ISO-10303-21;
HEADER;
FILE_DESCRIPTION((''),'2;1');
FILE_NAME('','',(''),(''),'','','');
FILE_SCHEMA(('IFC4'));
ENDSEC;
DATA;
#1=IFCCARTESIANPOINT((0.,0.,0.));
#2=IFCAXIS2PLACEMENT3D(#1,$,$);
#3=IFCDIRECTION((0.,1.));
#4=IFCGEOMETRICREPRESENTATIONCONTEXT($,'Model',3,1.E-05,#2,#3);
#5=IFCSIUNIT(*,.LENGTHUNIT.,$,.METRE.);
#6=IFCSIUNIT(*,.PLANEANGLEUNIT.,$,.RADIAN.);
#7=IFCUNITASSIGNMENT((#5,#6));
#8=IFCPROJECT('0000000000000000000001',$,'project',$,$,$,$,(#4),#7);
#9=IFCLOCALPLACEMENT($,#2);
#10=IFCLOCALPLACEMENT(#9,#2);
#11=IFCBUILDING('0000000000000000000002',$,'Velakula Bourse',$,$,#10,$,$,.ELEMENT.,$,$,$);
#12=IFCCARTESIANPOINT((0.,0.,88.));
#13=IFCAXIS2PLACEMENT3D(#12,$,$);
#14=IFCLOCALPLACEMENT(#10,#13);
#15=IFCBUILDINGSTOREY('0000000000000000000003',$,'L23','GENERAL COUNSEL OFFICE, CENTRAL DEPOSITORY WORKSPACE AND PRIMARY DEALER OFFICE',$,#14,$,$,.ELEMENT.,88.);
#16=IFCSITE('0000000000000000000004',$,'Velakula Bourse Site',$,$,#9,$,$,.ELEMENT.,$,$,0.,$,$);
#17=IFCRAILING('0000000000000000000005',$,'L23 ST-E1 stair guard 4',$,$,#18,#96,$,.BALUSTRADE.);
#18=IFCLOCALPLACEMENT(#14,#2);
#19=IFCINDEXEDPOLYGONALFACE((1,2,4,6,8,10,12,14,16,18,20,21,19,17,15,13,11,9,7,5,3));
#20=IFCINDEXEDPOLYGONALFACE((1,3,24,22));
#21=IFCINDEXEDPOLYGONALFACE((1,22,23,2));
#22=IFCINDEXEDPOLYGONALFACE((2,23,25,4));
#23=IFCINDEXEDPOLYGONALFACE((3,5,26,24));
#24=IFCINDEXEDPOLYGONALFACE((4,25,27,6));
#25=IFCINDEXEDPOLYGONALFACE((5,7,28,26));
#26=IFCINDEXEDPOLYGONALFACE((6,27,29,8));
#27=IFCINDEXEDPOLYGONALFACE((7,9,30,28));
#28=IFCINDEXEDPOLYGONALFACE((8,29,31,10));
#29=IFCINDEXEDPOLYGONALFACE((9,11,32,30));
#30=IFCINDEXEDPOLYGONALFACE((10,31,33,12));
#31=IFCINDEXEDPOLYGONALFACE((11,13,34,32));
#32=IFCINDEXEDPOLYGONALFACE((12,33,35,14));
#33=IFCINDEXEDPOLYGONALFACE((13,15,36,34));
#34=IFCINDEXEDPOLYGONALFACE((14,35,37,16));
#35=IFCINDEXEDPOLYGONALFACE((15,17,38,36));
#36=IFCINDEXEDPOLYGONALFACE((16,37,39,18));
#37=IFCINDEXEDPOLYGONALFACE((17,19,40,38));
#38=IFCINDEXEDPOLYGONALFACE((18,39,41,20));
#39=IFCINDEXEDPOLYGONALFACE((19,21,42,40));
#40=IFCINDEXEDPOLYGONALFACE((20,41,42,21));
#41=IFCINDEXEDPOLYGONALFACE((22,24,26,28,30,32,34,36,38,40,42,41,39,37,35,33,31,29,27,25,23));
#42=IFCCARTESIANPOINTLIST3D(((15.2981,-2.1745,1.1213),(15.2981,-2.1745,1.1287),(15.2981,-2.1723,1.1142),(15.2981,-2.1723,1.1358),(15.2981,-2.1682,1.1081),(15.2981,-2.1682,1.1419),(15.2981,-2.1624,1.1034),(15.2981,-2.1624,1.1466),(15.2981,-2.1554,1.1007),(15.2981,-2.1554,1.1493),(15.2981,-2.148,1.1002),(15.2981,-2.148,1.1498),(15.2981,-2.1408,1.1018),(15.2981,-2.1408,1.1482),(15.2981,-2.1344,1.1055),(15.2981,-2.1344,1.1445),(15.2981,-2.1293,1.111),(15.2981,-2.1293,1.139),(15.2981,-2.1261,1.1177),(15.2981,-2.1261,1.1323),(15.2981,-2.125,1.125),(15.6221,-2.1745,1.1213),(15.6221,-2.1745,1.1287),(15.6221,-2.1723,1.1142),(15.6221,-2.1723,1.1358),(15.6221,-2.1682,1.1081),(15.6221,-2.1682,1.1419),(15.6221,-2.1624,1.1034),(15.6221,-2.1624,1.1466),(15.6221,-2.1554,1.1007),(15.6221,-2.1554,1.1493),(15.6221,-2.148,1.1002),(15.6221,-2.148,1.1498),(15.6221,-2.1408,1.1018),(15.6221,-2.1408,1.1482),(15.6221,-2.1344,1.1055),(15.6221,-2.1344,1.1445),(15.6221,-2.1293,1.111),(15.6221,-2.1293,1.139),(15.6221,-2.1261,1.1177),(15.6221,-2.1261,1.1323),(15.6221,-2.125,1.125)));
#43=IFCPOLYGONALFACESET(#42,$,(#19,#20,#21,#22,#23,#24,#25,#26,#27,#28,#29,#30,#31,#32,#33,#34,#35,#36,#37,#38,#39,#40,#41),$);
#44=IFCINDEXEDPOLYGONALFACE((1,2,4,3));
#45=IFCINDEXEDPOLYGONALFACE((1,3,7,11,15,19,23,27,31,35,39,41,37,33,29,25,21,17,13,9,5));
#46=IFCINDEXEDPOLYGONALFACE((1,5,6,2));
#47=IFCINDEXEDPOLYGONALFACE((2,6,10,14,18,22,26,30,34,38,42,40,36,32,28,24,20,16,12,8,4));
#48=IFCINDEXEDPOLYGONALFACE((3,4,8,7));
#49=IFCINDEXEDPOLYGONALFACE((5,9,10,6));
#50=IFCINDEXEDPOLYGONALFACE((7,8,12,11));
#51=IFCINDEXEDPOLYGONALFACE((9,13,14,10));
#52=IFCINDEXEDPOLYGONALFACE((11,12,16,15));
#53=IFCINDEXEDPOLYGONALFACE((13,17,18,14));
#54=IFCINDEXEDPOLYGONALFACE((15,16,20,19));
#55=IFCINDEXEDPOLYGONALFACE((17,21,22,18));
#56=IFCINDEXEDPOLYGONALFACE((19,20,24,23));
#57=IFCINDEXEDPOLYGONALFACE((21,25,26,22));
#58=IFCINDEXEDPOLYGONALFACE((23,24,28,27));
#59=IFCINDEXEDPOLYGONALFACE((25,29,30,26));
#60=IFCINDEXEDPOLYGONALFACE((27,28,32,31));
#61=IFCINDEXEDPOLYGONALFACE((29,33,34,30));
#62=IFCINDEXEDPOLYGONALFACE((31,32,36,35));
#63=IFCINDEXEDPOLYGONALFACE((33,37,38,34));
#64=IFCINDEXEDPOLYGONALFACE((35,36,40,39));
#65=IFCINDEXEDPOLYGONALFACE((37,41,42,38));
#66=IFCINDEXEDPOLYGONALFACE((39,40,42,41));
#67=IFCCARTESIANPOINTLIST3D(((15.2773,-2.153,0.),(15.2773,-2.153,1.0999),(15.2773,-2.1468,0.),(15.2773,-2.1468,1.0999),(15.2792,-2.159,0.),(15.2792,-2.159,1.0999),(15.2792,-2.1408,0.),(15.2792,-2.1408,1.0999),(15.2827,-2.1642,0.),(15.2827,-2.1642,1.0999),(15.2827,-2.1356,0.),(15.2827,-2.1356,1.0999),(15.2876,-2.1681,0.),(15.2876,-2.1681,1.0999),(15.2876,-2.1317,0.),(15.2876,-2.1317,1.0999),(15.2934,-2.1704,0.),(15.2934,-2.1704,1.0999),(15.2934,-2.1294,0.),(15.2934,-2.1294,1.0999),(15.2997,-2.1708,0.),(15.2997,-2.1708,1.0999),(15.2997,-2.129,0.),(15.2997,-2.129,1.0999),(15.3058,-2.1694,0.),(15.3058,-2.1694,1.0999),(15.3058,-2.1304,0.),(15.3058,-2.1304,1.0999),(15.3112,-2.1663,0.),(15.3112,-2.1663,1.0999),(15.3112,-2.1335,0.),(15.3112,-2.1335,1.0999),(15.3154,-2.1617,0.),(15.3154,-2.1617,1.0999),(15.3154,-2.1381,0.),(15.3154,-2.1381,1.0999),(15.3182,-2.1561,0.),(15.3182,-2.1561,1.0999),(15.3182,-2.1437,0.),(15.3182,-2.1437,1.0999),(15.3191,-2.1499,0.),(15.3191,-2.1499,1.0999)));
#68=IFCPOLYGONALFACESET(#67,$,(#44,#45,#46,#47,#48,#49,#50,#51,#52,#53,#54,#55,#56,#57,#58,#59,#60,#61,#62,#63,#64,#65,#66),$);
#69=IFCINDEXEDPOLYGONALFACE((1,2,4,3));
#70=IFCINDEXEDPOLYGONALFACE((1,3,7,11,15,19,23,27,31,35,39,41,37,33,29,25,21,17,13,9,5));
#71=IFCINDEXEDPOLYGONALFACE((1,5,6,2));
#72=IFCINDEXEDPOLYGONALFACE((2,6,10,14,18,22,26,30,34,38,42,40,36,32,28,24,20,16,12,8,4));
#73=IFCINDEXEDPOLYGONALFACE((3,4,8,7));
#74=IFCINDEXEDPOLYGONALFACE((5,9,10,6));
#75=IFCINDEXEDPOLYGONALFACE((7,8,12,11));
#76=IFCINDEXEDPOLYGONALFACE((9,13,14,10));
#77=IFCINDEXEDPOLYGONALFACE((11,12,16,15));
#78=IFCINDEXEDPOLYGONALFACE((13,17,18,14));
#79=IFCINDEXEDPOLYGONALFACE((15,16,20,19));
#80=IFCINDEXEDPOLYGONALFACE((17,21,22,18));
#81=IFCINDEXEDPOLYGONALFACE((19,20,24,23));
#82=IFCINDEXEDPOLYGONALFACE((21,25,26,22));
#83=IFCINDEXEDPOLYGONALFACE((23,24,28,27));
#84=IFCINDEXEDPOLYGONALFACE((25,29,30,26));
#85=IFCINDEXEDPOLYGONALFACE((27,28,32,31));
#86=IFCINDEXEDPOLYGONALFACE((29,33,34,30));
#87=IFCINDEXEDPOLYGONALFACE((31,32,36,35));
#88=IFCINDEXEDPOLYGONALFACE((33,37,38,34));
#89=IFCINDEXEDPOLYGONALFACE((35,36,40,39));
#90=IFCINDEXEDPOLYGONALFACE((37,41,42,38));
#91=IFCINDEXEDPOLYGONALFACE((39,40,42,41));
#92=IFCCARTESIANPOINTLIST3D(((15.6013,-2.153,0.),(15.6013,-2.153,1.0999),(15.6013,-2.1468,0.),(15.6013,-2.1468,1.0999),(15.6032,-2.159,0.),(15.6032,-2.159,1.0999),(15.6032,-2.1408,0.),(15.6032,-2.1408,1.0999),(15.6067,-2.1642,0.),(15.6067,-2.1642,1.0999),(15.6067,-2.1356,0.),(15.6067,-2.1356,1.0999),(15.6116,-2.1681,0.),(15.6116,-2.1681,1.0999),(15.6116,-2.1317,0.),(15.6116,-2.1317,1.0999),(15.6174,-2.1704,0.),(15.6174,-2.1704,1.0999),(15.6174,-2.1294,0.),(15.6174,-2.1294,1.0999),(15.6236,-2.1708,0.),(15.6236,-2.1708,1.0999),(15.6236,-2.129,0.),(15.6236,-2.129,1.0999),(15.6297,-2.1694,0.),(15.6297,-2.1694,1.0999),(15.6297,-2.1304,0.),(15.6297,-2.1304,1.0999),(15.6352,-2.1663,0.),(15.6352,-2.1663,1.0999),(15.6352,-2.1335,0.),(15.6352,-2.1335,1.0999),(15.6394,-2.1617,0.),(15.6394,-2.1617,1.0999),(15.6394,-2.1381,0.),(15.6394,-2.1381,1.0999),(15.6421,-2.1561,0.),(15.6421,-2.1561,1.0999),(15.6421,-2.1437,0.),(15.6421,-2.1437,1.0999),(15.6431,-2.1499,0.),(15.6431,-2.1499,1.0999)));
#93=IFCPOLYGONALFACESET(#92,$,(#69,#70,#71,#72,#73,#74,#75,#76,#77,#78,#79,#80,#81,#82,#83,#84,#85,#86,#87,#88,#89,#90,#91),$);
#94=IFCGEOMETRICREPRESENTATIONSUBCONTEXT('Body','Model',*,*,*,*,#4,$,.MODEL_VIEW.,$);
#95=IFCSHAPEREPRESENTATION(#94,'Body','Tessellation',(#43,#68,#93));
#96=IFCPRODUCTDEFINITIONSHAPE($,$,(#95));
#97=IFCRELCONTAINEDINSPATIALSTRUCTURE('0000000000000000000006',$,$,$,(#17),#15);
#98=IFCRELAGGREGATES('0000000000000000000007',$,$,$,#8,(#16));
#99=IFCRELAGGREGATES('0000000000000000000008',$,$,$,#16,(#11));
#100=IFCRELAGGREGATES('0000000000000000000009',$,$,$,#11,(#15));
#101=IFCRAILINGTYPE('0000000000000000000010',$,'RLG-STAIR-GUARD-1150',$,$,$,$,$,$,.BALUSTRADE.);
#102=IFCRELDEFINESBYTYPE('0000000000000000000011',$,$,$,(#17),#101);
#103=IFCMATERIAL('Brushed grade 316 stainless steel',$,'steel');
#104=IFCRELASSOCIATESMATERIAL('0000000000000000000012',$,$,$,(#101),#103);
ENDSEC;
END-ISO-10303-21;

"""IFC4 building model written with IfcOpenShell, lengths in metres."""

from ifc_helpers import new_model, si_unit, direction, frame, origin, origin_2d, place, context, subcontext, project, spatial, circle, extrude, material, type_object, element, save


model = new_model("IFC4")

# Units and contexts
model_context = context("Model", 3, precision=1e-05, world=origin(), true_north=direction((0.0, 1.0)))
body_context = subcontext(model_context, "Body", "Model", "MODEL_VIEW")
ifc_project = project(units=[si_unit("LENGTHUNIT", "METRE"), si_unit("PLANEANGLEUNIT", "RADIAN")], contexts=[model_context])

# Site, building, storey
site_placement = place(None, origin())
site = spatial("IfcSite", under=ifc_project, at=site_placement, Name="Velakula Bourse Site", CompositionType="ELEMENT", RefElevation=0.0)
building_placement = place(site_placement, origin())
building = spatial("IfcBuilding", under=site, at=building_placement, Name="Velakula Bourse", CompositionType="ELEMENT")
storey_placement = place(building_placement, frame((0.0, 0.0, 88.0)))
storey = spatial("IfcBuildingStorey", under=building, at=storey_placement, Name="L23", Description="GENERAL COUNSEL OFFICE, CENTRAL DEPOSITORY WORKSPACE AND PRIMARY DEALER OFFICE", CompositionType="ELEMENT", Elevation=88.0)

# Railing
ifc_material_1 = material(Name="Brushed grade 316 stainless steel", Category="steel")
railing_type_1 = type_object("IfcRailingType", Name="RLG-STAIR-GUARD-1150", PredefinedType="BALUSTRADE", material=ifc_material_1)
railing_1_placement = place(storey_placement, frame((15.2981, -2.1499, 0.0)))
element("IfcRailing", 1, at=railing_1_placement, inside=storey, type_object=railing_type_1, Name="L23 ST-E1 stair guard 4", PredefinedType="BALUSTRADE", context=body_context, shape_type="SweptSolid", body=[
    extrude(circle(Radius=0.0249, at=origin_2d()), frame((0.0, 0.0, 1.125), z_axis=(1.0, 0.0, 0.0), x_axis=(0.0, 1.0, 0.0)), (0.0, 0.0, 1.0), 0.324),
    extrude(circle(Radius=0.021, at=origin_2d()), origin(), (0.0, 0.0, 1.0), 1.0999),
    extrude(circle(Radius=0.021, at=origin_2d()), frame((0.324, 0.0, 0.0)), (0.0, 0.0, 1.0), 1.0999),
])

save(model, "model.ifc")
